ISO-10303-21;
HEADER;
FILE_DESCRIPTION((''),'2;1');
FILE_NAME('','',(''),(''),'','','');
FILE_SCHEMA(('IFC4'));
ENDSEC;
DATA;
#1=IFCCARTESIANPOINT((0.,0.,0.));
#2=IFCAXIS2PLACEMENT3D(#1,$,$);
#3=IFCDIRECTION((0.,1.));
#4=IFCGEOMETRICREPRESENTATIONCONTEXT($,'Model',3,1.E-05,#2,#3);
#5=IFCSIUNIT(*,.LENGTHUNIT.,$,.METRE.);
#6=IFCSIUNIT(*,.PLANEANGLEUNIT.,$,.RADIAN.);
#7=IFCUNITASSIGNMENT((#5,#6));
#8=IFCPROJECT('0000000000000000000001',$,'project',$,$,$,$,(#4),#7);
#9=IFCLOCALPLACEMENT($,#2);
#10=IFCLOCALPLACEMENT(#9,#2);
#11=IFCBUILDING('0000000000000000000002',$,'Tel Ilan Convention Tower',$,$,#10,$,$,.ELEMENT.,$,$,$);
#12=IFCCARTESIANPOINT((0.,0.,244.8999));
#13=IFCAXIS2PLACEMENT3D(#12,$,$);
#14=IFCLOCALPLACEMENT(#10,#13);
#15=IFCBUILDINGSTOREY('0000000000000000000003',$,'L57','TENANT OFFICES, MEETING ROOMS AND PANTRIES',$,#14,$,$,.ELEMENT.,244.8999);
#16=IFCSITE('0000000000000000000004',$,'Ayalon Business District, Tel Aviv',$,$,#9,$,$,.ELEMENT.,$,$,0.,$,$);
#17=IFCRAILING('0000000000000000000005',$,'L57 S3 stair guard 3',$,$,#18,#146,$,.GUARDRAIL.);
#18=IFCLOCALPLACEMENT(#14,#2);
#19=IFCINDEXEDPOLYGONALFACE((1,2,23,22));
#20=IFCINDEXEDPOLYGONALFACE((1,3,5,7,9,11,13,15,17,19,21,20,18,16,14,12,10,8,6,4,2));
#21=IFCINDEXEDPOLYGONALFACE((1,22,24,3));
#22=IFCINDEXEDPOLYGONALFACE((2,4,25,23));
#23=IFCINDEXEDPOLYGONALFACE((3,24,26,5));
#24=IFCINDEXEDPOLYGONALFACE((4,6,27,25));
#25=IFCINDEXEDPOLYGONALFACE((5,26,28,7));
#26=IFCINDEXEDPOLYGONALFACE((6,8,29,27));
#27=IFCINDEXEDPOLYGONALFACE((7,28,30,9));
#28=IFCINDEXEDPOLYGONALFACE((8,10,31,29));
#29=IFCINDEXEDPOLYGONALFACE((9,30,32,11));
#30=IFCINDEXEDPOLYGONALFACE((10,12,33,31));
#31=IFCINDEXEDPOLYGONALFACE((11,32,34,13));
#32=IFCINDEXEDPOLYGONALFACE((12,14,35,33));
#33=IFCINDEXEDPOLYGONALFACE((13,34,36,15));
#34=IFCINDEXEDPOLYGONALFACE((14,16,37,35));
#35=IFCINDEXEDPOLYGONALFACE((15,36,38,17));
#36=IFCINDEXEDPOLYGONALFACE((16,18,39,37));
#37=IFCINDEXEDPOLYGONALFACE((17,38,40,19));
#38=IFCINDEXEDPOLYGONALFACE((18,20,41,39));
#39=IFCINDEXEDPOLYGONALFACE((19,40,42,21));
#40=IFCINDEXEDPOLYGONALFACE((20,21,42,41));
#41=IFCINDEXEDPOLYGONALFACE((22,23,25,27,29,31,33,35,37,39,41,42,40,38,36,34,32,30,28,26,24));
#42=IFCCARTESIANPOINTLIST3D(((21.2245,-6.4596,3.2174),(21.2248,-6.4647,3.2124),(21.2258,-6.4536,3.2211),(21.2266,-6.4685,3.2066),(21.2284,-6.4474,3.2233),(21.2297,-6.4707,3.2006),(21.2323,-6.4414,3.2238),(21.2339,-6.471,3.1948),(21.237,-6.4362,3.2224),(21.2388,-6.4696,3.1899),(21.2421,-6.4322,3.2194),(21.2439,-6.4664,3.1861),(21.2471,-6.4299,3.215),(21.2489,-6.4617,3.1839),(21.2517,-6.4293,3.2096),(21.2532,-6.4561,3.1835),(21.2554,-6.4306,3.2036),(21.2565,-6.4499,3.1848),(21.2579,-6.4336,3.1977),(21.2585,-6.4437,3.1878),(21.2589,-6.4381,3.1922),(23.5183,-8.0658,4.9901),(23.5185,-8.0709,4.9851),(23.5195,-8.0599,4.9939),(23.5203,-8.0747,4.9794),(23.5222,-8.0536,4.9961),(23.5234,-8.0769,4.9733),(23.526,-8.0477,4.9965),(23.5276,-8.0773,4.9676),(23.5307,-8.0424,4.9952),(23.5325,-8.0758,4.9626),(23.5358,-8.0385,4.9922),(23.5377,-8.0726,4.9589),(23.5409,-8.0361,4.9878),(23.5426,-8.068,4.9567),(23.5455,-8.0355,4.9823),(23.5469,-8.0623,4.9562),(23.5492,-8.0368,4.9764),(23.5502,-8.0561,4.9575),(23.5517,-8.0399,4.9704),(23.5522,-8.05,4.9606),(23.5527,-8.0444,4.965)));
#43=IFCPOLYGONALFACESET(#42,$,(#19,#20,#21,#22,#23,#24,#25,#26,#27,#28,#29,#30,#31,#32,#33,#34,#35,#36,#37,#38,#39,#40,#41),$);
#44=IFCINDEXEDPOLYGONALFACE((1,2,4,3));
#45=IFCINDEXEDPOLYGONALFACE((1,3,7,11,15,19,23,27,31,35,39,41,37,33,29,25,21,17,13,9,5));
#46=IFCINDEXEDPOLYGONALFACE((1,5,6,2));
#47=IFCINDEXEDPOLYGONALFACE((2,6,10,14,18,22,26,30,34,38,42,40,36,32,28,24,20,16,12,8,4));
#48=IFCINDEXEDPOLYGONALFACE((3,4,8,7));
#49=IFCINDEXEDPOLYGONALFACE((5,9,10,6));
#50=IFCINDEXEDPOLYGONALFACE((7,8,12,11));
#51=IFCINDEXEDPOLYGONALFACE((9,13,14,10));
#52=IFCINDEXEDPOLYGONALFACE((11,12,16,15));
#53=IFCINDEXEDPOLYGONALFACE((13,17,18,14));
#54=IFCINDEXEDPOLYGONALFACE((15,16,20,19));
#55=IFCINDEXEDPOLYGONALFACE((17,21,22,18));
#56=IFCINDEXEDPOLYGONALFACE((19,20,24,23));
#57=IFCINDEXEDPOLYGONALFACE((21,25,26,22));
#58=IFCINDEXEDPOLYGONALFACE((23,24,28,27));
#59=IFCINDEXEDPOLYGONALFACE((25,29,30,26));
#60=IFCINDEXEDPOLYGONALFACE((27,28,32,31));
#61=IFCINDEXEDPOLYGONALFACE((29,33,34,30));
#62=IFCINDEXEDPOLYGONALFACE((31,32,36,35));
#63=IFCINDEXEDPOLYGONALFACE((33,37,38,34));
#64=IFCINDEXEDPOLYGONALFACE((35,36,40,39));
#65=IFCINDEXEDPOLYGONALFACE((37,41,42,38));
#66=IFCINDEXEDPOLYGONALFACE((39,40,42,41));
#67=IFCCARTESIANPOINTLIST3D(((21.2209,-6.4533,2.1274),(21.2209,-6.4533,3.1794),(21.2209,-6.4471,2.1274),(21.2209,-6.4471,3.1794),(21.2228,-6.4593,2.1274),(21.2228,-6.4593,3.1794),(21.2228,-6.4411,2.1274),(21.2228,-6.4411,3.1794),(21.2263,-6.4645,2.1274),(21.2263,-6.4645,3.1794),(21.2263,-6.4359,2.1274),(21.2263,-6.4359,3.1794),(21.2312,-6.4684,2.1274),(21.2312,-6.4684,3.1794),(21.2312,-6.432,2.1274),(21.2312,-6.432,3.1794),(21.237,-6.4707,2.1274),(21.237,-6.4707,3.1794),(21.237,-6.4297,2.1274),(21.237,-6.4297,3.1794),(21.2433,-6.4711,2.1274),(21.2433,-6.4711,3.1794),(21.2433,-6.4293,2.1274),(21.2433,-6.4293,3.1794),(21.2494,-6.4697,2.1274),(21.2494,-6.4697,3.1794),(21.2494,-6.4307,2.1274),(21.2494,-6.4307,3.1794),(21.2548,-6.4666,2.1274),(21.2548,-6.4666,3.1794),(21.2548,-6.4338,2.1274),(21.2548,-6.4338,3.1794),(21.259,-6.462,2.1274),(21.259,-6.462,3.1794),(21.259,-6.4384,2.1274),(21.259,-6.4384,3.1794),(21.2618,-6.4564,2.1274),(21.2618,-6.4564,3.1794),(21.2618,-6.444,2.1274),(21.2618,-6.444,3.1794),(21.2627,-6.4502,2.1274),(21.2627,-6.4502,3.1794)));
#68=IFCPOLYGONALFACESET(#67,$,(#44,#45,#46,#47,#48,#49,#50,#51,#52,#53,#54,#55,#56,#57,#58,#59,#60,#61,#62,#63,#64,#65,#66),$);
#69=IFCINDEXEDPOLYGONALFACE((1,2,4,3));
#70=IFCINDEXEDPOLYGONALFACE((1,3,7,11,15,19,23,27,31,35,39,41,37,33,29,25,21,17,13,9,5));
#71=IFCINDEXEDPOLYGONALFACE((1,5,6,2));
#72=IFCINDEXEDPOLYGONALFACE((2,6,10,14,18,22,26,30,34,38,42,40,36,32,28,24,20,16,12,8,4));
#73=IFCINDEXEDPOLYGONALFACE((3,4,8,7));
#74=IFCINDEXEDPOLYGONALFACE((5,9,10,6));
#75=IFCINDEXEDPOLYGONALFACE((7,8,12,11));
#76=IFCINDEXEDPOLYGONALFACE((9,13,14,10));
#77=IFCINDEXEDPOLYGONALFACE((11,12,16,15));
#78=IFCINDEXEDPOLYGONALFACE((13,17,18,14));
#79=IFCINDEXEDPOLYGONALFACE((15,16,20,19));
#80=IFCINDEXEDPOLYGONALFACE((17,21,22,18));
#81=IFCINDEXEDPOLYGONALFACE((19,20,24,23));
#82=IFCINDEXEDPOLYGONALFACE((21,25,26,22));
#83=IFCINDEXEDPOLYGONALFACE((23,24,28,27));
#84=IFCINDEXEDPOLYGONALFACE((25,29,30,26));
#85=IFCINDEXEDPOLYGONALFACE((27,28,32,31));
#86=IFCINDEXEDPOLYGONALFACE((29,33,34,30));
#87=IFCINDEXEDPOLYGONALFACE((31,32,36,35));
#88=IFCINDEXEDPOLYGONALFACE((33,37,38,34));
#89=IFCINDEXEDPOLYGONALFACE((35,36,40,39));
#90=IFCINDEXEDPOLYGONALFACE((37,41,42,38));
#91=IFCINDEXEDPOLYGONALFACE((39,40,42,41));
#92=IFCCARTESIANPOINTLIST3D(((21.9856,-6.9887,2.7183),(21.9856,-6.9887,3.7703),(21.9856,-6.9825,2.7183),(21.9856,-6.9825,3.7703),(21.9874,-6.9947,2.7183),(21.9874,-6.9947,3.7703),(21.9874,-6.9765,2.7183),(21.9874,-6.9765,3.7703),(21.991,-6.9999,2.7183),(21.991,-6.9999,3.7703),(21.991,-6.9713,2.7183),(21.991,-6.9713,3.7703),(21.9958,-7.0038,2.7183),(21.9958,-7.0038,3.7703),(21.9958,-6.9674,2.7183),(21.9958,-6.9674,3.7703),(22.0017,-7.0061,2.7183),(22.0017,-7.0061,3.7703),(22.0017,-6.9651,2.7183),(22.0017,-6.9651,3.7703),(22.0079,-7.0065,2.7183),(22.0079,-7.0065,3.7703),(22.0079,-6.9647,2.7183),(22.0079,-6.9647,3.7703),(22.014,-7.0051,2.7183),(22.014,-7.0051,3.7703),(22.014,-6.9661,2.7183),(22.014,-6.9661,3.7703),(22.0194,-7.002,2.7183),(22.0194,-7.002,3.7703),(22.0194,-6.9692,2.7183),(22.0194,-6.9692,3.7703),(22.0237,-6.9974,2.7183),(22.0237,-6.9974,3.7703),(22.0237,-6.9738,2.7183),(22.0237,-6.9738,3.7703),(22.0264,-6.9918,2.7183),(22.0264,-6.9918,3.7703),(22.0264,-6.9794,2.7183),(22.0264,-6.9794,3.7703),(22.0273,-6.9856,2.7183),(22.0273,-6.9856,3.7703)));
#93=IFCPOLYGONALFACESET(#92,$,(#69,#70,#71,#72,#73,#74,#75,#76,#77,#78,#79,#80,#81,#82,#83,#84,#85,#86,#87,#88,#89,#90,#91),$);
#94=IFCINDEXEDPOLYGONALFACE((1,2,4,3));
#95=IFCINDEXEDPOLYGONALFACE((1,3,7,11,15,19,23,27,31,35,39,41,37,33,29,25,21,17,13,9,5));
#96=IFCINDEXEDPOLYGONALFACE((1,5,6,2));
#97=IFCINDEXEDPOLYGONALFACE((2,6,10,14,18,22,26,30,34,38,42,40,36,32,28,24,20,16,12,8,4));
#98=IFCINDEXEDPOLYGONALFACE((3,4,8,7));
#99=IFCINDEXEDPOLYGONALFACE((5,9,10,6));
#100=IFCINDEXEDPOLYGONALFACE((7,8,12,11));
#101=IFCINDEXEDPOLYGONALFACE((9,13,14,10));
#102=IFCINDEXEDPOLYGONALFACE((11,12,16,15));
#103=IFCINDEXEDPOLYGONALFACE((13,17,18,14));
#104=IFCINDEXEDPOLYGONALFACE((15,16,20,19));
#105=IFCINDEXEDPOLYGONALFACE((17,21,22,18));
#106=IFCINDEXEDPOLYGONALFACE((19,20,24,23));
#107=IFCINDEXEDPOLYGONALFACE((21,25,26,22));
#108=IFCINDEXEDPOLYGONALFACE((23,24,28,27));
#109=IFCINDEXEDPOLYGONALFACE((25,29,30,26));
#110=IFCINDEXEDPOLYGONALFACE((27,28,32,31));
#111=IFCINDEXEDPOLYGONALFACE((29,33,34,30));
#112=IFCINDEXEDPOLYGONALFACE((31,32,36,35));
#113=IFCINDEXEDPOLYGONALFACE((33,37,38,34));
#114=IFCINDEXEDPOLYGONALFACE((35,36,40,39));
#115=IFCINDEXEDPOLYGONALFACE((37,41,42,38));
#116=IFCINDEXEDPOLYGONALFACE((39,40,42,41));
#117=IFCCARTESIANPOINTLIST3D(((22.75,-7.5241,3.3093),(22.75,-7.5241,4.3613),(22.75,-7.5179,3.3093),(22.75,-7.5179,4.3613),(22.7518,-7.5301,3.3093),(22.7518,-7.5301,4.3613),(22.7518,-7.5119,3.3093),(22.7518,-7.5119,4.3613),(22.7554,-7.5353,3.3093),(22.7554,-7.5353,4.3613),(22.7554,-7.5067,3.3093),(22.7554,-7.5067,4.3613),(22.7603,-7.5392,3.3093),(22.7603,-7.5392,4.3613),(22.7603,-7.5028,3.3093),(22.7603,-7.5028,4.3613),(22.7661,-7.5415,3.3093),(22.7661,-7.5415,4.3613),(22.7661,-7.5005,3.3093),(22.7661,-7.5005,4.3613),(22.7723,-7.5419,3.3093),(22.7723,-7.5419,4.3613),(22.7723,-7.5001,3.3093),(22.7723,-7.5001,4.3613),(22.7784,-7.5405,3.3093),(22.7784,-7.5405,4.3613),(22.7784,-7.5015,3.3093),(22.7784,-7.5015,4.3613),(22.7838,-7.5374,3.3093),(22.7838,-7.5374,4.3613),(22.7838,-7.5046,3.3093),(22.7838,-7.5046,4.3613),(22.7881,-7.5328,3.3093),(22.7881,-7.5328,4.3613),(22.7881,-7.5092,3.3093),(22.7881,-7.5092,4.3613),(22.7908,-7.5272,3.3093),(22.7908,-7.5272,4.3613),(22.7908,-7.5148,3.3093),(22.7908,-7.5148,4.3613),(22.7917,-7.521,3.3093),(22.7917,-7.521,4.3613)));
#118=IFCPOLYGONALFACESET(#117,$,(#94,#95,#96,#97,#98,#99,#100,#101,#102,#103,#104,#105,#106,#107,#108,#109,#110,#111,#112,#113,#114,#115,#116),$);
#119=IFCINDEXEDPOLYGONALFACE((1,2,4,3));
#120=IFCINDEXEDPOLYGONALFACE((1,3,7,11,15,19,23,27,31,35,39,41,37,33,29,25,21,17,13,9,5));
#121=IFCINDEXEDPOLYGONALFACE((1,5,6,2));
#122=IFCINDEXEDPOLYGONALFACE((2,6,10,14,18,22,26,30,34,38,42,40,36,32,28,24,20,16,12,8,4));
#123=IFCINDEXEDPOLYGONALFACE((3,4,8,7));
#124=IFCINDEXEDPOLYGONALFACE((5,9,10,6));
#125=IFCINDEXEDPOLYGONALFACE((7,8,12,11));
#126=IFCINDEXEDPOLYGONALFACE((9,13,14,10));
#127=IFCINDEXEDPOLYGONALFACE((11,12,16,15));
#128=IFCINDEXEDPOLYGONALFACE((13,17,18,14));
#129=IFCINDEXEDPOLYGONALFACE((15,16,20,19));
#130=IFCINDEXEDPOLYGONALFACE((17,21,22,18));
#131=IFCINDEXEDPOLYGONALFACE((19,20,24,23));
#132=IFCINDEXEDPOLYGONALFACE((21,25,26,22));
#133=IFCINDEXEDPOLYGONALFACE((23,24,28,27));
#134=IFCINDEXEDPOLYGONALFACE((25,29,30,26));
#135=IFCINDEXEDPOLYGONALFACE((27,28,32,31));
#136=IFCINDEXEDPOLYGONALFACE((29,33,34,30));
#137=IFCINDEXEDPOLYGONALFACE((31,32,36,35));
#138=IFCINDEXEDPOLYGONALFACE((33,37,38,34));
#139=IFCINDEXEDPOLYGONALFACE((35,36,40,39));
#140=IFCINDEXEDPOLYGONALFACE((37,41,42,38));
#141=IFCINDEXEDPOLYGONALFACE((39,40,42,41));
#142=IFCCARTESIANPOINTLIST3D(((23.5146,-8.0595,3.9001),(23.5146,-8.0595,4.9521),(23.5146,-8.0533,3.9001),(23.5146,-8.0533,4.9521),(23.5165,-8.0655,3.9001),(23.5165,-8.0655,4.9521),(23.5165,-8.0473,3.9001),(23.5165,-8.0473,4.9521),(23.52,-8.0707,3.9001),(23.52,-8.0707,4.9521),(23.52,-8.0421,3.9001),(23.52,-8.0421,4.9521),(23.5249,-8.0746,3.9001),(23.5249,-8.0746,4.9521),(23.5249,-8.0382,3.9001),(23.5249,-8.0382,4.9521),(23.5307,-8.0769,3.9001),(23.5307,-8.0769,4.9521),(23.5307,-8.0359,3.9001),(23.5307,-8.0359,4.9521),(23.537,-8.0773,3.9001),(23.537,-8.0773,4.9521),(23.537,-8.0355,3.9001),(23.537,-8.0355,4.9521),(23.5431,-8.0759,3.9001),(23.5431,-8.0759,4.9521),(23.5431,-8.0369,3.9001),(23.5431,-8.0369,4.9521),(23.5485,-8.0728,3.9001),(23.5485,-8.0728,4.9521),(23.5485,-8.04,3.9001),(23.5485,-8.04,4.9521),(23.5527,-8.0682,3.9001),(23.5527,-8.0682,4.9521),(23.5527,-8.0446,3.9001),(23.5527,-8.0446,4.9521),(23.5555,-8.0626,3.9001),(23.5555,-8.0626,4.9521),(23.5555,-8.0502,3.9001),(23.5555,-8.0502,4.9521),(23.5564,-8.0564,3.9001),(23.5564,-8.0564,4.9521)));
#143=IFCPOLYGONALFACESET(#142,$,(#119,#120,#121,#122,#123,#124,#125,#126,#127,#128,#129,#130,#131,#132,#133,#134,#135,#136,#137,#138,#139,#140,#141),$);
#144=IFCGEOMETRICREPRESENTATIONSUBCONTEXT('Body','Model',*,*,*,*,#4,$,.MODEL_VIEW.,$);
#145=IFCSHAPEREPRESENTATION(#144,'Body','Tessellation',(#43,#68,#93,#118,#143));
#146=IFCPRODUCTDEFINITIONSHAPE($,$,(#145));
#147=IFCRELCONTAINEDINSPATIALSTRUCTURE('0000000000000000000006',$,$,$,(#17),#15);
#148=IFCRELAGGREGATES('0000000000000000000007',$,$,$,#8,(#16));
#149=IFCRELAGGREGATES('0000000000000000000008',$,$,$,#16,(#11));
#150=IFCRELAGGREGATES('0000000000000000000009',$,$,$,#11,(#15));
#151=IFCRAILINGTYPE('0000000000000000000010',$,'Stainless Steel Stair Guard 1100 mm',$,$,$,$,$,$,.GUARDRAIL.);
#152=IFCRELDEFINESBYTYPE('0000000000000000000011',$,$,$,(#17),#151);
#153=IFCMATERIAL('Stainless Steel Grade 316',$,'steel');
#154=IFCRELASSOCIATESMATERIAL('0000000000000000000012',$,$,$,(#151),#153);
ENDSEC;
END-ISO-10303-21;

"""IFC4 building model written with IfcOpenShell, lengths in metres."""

from ifc_helpers import new_model, si_unit, direction, frame, origin, origin_2d, place, context, subcontext, project, spatial, circle, extrude, material, type_object, element, save


model = new_model("IFC4")

# Units and contexts
model_context = context("Model", 3, precision=1e-05, world=origin(), true_north=direction((0.0, 1.0)))
body_context = subcontext(model_context, "Body", "Model", "MODEL_VIEW")
ifc_project = project(units=[si_unit("LENGTHUNIT", "METRE"), si_unit("PLANEANGLEUNIT", "RADIAN")], contexts=[model_context])

# Site, building, storey
site_placement = place(None, origin())
site = spatial("IfcSite", under=ifc_project, at=site_placement, Name="Ayalon Business District, Tel Aviv", CompositionType="ELEMENT", RefElevation=0.0)
building_placement = place(site_placement, origin())
building = spatial("IfcBuilding", under=site, at=building_placement, Name="Tel Ilan Convention Tower", CompositionType="ELEMENT")
storey_placement = place(building_placement, frame((0.0, 0.0, 244.8999)))
storey = spatial("IfcBuildingStorey", under=building, at=storey_placement, Name="L57", Description="TENANT OFFICES, MEETING ROOMS AND PANTRIES", CompositionType="ELEMENT", Elevation=244.8999)

# Railing
ifc_material_1 = material(Name="Stainless Steel Grade 316", Category="steel")
railing_type_1 = type_object("IfcRailingType", Name="Stainless Steel Stair Guard 1100 mm", PredefinedType="GUARDRAIL", material=ifc_material_1)
railing_1_placement = place(storey_placement, frame((21.2417, -6.4502, 2.1274)))
element("IfcRailing", 1, at=railing_1_placement, inside=storey, type_object=railing_type_1, Name="L57 S3 stair guard 3", PredefinedType="GUARDRAIL", context=body_context, shape_type="SweptSolid", body=[
    extrude(circle(Radius=0.0239, at=origin_2d()), frame((0.0, 0.0, 1.0762), z_axis=(0.692098, -0.484653, 0.534894), x_axis=(0.573609, 0.81913, 0.0)), (0.0, 0.0, 1.0), 3.3142),
    extrude(circle(Radius=0.021, at=origin_2d()), origin(), (0.0, 0.0, 1.0), 1.052),
    extrude(circle(Radius=0.021, at=origin_2d()), frame((0.7646, -0.5354, 0.5908)), (0.0, 0.0, 1.0), 1.052),
    extrude(circle(Radius=0.021, at=origin_2d()), frame((1.5291, -1.0708, 1.1819)), (0.0, 0.0, 1.0), 1.052),
    extrude(circle(Radius=0.021, at=origin_2d()), frame((2.2937, -1.6062, 1.7727)), (0.0, 0.0, 1.0), 1.052),
])

save(model, "model.ifc")
